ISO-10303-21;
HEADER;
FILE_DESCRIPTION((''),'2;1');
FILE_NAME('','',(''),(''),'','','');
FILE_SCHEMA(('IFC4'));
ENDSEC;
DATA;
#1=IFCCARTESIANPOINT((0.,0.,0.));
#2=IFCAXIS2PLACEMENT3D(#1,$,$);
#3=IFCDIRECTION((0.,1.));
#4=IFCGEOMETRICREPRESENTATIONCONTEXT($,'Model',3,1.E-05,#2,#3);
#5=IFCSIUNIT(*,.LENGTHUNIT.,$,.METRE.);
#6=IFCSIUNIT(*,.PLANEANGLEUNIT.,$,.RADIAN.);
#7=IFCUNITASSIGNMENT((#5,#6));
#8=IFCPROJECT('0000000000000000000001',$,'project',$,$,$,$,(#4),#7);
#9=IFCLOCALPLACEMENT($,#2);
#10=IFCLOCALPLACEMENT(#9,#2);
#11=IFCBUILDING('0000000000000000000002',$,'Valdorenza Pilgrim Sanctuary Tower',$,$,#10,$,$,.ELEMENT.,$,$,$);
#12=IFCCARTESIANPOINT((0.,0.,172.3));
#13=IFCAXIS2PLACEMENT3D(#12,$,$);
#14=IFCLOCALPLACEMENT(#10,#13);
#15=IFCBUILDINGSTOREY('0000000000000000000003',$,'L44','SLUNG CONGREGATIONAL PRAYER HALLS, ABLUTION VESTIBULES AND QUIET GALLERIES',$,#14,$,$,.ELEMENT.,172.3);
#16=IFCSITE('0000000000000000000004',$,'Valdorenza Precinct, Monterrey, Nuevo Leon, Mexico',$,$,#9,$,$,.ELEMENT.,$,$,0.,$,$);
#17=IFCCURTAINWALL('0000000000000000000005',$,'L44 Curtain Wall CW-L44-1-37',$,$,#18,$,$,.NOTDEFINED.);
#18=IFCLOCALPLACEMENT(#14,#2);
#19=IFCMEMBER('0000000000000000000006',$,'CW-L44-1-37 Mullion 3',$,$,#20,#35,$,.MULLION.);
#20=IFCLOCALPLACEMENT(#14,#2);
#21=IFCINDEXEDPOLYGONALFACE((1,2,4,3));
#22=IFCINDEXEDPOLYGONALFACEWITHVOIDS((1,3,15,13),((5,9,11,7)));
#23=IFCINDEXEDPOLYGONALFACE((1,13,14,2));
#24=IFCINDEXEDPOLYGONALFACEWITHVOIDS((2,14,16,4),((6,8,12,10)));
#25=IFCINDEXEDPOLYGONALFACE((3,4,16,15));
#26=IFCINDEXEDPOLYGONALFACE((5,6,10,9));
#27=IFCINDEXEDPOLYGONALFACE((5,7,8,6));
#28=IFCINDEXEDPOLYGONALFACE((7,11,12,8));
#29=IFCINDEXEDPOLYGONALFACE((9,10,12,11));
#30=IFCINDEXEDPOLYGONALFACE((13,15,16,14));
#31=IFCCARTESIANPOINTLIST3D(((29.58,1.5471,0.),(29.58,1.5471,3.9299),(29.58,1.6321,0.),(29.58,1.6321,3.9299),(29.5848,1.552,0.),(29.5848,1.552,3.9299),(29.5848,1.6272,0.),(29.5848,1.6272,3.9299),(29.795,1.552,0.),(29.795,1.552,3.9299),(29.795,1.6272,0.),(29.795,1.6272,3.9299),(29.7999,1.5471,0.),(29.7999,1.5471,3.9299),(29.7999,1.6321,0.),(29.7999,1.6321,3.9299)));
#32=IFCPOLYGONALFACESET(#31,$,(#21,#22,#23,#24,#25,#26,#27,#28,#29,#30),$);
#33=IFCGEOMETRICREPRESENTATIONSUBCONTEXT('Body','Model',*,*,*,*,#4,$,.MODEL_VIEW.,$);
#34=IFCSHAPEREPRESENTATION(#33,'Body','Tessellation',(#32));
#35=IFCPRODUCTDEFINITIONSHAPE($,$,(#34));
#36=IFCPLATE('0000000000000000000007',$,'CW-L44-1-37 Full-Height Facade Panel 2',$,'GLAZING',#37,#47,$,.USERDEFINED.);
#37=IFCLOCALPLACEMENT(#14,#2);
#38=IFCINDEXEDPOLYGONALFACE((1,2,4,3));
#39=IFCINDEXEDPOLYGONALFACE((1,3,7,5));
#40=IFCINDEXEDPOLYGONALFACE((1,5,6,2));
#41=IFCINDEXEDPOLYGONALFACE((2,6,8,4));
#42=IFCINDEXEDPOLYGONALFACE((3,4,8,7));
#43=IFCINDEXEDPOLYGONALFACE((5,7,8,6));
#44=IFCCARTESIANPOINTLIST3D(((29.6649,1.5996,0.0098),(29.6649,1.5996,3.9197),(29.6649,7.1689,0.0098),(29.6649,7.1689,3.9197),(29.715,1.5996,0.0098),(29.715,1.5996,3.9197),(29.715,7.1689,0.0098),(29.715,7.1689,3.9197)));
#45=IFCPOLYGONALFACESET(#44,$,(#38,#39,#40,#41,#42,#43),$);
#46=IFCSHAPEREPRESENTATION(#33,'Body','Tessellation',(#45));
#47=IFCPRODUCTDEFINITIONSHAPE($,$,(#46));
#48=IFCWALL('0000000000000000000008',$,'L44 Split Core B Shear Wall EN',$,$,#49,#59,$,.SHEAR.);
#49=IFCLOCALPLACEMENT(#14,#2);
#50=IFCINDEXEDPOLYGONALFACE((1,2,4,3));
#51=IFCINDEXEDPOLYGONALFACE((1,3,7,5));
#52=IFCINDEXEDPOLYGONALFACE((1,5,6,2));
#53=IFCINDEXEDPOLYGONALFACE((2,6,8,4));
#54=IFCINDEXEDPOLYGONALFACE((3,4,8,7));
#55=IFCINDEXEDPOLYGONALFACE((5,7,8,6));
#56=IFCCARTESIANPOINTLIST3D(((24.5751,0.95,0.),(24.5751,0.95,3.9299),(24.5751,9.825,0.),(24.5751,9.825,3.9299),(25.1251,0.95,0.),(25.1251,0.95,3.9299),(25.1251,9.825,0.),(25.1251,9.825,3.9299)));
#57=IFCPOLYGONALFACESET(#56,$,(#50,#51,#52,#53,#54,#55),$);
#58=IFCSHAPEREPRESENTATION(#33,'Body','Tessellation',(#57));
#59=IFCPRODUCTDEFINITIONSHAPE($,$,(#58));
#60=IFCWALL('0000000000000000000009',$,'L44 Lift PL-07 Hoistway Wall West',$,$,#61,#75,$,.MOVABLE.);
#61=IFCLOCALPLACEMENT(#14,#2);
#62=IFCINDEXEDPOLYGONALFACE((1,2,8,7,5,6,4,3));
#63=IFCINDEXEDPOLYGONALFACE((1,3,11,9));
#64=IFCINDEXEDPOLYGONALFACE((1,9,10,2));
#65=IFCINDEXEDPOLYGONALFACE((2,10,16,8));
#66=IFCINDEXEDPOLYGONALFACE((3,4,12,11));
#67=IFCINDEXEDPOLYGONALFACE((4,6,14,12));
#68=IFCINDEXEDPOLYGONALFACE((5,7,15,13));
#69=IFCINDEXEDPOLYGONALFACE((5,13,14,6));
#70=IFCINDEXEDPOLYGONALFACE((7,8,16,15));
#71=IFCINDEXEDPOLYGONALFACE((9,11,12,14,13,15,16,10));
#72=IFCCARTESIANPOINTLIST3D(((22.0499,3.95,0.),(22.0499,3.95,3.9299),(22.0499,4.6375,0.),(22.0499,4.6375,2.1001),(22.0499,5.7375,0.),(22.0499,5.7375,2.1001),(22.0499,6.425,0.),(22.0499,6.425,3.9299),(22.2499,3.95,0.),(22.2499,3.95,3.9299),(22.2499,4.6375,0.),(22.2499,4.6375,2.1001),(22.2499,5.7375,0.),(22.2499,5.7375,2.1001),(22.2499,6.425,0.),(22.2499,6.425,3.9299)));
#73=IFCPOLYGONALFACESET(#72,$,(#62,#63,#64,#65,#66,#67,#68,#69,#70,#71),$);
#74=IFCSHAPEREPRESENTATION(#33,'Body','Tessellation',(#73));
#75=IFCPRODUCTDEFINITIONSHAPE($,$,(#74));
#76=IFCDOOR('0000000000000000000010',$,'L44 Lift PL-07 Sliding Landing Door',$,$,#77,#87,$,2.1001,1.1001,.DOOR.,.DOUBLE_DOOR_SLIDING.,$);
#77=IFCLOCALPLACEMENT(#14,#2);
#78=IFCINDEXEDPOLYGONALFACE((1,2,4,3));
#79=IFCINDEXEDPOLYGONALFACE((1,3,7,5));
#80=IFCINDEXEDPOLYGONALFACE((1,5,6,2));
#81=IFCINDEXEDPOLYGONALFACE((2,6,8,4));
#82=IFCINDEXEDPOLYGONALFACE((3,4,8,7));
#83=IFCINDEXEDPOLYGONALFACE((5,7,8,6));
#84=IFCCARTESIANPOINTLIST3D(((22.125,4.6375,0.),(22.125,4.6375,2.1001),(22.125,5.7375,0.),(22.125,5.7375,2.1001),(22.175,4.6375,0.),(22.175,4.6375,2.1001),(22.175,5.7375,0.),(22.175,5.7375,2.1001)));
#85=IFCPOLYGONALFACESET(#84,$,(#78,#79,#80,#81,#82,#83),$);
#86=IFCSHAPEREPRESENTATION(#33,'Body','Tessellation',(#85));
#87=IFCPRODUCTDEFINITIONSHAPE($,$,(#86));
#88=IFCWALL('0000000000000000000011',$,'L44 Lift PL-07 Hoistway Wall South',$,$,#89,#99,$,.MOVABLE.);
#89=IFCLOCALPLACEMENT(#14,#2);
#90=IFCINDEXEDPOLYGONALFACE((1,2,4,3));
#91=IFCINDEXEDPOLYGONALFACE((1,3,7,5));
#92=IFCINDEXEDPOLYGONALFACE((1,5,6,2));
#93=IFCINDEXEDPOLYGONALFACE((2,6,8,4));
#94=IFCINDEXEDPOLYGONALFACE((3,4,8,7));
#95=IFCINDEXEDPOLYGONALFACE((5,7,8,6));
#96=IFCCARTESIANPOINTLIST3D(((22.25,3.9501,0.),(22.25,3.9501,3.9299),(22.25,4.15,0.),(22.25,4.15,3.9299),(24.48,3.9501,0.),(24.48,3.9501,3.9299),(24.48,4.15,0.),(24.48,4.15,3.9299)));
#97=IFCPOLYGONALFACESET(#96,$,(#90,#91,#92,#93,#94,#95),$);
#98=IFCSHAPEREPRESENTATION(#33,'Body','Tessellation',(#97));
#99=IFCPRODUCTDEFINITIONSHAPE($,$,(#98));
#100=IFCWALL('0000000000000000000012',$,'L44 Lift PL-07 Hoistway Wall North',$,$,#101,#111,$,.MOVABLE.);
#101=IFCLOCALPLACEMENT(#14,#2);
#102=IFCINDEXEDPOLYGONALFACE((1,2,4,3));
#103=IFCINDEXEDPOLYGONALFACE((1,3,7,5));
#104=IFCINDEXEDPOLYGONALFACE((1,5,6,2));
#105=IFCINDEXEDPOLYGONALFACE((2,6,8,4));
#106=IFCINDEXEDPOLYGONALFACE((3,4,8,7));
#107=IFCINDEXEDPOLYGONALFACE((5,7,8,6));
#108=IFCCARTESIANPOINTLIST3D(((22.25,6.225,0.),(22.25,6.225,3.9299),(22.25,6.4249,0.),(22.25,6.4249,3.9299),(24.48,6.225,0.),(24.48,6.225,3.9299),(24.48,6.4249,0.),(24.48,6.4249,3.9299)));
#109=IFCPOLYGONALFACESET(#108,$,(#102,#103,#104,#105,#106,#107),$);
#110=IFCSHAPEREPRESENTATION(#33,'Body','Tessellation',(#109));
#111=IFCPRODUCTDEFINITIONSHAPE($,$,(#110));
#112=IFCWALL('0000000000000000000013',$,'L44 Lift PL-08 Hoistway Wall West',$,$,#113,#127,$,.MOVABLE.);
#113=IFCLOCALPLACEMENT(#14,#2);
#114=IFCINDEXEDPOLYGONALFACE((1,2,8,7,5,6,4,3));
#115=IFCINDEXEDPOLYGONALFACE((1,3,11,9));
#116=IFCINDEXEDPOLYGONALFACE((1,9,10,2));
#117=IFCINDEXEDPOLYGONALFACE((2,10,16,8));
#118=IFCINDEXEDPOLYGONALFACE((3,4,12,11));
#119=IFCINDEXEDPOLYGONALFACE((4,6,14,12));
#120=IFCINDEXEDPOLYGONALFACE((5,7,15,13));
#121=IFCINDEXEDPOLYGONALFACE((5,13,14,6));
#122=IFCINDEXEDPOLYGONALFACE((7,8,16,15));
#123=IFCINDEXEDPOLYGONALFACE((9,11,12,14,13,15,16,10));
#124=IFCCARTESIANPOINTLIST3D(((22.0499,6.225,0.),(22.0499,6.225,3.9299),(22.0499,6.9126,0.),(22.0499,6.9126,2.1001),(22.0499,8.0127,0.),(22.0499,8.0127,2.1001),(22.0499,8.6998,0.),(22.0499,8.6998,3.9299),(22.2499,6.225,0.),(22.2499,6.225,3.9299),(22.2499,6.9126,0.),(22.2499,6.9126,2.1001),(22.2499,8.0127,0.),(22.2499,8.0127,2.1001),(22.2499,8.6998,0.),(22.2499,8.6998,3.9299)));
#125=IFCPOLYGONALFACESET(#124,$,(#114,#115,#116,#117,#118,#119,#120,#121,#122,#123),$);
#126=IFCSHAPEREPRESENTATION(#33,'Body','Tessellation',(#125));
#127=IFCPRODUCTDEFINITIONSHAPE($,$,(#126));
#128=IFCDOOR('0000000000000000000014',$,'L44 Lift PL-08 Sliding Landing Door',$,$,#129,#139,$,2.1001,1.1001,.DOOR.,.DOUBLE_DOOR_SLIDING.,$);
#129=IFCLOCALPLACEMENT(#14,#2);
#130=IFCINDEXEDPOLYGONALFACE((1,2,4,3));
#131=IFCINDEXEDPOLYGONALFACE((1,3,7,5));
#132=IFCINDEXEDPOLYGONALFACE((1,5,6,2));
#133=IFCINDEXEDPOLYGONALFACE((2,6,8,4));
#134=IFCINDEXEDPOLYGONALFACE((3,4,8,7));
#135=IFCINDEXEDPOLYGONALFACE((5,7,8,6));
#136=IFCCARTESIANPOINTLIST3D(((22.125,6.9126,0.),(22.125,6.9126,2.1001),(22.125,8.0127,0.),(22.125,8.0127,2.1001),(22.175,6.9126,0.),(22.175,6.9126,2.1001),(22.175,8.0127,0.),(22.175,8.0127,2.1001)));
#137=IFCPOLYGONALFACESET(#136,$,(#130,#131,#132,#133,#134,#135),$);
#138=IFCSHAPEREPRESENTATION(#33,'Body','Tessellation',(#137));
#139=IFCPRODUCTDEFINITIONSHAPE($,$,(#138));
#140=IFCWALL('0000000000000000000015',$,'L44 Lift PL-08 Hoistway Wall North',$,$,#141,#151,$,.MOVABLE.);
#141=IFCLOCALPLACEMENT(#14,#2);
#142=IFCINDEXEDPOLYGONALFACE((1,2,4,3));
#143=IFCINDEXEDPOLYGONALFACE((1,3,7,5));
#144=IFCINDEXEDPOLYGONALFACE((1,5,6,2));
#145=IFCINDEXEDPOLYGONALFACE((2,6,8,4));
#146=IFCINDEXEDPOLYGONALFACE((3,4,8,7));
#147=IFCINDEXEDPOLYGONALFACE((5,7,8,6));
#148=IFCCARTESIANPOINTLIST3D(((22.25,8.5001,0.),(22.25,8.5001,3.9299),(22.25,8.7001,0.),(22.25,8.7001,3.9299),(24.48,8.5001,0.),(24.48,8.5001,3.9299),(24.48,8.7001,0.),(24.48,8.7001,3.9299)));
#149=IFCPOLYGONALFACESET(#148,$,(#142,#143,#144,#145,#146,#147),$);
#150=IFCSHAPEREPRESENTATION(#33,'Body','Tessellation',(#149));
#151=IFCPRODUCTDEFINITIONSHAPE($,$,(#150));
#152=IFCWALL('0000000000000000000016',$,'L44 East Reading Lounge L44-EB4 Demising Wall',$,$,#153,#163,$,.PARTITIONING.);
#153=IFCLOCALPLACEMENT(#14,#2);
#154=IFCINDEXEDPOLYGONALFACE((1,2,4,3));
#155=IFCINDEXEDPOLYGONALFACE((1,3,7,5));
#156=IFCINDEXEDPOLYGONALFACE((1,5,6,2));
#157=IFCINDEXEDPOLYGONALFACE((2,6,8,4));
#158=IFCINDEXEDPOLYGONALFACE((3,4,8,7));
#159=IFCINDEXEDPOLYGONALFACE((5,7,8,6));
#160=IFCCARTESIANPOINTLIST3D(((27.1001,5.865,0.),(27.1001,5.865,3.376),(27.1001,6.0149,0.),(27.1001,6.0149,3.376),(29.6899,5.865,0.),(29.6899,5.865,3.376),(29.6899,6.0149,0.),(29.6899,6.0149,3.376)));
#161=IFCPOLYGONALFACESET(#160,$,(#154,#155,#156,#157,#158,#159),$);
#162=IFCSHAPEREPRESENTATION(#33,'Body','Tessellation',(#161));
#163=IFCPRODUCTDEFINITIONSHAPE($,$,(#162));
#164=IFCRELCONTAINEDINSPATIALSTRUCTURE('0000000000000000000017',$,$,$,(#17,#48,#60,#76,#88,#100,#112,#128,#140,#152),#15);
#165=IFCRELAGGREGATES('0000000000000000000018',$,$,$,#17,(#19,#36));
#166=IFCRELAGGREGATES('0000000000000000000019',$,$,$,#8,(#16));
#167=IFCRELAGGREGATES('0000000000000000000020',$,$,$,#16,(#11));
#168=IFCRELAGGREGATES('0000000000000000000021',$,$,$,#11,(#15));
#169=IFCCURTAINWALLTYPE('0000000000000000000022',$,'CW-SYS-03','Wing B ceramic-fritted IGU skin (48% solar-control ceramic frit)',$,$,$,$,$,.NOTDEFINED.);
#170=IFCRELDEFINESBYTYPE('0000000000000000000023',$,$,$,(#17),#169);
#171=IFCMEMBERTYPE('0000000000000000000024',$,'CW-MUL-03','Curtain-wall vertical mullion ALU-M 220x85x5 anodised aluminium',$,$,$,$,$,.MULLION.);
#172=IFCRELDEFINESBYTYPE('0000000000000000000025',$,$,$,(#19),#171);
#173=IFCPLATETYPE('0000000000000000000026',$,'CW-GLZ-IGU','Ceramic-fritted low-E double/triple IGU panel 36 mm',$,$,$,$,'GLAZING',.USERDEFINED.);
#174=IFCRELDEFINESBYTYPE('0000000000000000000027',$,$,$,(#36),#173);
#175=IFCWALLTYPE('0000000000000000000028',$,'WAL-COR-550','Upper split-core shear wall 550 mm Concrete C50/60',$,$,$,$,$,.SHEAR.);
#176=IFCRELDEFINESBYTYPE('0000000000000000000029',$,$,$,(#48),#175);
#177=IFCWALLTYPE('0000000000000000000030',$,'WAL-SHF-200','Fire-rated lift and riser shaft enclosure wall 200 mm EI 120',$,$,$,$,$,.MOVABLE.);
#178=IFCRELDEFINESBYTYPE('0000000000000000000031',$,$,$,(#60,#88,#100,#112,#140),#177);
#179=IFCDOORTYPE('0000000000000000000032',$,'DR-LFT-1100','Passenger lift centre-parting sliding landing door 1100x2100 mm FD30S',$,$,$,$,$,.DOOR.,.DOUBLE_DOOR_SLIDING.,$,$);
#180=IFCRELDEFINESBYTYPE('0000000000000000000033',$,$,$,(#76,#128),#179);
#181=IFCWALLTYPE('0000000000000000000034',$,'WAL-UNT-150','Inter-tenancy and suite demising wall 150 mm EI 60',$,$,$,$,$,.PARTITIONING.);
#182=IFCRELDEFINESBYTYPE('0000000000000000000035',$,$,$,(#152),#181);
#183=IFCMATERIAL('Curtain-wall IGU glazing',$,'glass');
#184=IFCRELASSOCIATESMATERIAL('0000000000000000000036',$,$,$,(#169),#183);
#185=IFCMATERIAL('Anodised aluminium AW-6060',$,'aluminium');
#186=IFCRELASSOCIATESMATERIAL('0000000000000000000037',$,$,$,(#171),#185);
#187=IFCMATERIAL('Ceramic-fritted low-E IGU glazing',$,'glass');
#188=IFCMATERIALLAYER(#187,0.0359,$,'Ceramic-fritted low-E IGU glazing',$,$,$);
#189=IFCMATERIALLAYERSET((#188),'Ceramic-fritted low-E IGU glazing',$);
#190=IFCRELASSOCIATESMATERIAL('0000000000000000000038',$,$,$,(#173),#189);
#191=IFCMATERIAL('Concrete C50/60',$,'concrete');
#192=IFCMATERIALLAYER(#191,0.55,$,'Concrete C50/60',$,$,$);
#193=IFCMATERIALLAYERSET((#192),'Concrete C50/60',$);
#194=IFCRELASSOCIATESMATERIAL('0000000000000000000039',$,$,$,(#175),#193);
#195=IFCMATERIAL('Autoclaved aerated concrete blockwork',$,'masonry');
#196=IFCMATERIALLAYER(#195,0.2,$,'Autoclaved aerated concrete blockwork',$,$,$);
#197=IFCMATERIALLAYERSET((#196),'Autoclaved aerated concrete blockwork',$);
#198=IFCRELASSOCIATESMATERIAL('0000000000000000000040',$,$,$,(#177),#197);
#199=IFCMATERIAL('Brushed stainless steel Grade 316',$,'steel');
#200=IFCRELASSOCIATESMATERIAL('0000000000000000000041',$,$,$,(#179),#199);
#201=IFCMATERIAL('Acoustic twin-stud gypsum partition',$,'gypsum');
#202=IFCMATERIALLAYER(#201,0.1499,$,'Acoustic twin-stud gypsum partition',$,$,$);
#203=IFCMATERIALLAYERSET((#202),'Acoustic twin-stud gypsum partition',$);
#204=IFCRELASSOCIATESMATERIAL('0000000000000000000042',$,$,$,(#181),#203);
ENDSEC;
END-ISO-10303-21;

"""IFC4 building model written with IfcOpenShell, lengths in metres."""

from ifc_helpers import new_model, si_unit, direction, frame, frame_2d, origin, origin_2d, place, context, subcontext, project, spatial, rectangle, hollow_rectangle, extrude, source, transform, mapped, material, layer, layer_set, material_profile, profile_set, type_object, element, fill, aggregate, save


model = new_model("IFC4")

# Units and contexts
model_context = context("Model", 3, precision=1e-05, world=origin(), true_north=direction((0.0, 1.0)))
body_context = subcontext(model_context, "Body", "Model", "MODEL_VIEW")
ifc_project = project(units=[si_unit("LENGTHUNIT", "METRE"), si_unit("PLANEANGLEUNIT", "RADIAN")], contexts=[model_context])

# Site, building, storey
site_placement = place(None, origin())
site = spatial("IfcSite", under=ifc_project, at=site_placement, Name="Valdorenza Precinct, Monterrey, Nuevo Leon, Mexico", CompositionType="ELEMENT", RefElevation=0.0)
building_placement = place(site_placement, origin())
building = spatial("IfcBuilding", under=site, at=building_placement, Name="Valdorenza Pilgrim Sanctuary Tower", CompositionType="ELEMENT")
storey_placement = place(building_placement, frame((0.0, 0.0, 172.3)))
storey = spatial("IfcBuildingStorey", under=building, at=storey_placement, Name="L44", Description="SLUNG CONGREGATIONAL PRAYER HALLS, ABLUTION VESTIBULES AND QUIET GALLERIES", CompositionType="ELEMENT", Elevation=172.3)

# Curtain wall, member, plate
ifc_material_1 = material(Name="Curtain-wall IGU glazing", Category="glass")
curtain_wall_type = type_object("IfcCurtainWallType", Name="CW-SYS-03", Description="Wing B ceramic-fritted IGU skin (48% solar-control ceramic frit)", PredefinedType="NOTDEFINED", material=ifc_material_1)
curtain_wall_placement = place(storey_placement, origin())
curtain_wall = element("IfcCurtainWall", 1, at=curtain_wall_placement, inside=storey, type_object=curtain_wall_type, Name="L44 Curtain Wall CW-L44-1-37", PredefinedType="NOTDEFINED")
ifc_material_2 = material(Name="Anodised aluminium AW-6060", Category="aluminium")
ifc_material_profile_1 = material_profile(ifc_material_2, hollow_rectangle(XDim=0.085, YDim=0.22, WallThickness=0.0049, at=origin_2d()), Name="ALU-M 220x85x5")
ifc_profile_set_1 = profile_set([ifc_material_profile_1], Name="Anodised aluminium AW-6060")
member_type = type_object("IfcMemberType", Name="CW-MUL-03", Description="Curtain-wall vertical mullion ALU-M 220x85x5 anodised aluminium", PredefinedType="MULLION", material=ifc_profile_set_1)
shared_shape_1 = source(origin(), body_context, "Body", "SweptSolid", [
    extrude(hollow_rectangle(XDim=0.085, YDim=0.22, WallThickness=0.0049, at=origin_2d()), origin(), (0.0, 0.0, 1.0), 3.9299),
])
member_1_placement = place(storey_placement, frame((29.6899, 1.5896, 0.0), z_axis=(0.0, 0.0, 1.0), x_axis=(0.0, -1.0, 0.0)))
member_1 = element("IfcMember", 2, at=member_1_placement, type_object=member_type, Name="CW-L44-1-37 Mullion 3", PredefinedType="MULLION", context=body_context, shape_type="MappedRepresentation", body=[
    mapped(shared_shape_1, transform((0.0, 0.0, 0.0), x_axis=(1.0, 0.0, 0.0), y_axis=(0.0, 1.0, 0.0), z_axis=(0.0, 0.0, 1.0), scale=1.0)),
])
ifc_material_3 = material(Name="Ceramic-fritted low-E IGU glazing", Category="glass")
ifc_layer_1 = layer(ifc_material_3, 0.0359, Name="Ceramic-fritted low-E IGU glazing")
ifc_layer_set_1 = layer_set([ifc_layer_1], Name="Ceramic-fritted low-E IGU glazing")
plate_type = type_object("IfcPlateType", Name="CW-GLZ-IGU", Description="Ceramic-fritted low-E double/triple IGU panel 36 mm", ElementType="GLAZING", PredefinedType="USERDEFINED", material=ifc_layer_set_1)
shared_shape_2 = source(origin(), body_context, "Body", "SweptSolid", [
    extrude(rectangle(XDim=5.5693, YDim=0.05, at=origin_2d()), origin(), (0.0, 0.0, 1.0), 3.9099),
])
plate_placement = place(storey_placement, frame((29.6899, 4.3843, 0.0098), z_axis=(0.0, 0.0, 1.0), x_axis=(0.0, -1.0, 0.0)))
plate = element("IfcPlate", 3, at=plate_placement, type_object=plate_type, Name="CW-L44-1-37 Full-Height Facade Panel 2", ObjectType="GLAZING", PredefinedType="USERDEFINED", context=body_context, shape_type="MappedRepresentation", body=[
    mapped(shared_shape_2, transform((0.0, 0.0, 0.0), x_axis=(1.0, 0.0, 0.0), y_axis=(0.0, 1.0, 0.0), z_axis=(0.0, 0.0, 1.0), scale=1.0)),
])
aggregate(curtain_wall, [member_1, plate])

# Wall
ifc_material_4 = material(Name="Concrete C50/60", Category="concrete")
ifc_layer_2 = layer(ifc_material_4, 0.55, Name="Concrete C50/60")
ifc_layer_set_2 = layer_set([ifc_layer_2], Name="Concrete C50/60")
wall_type_1 = type_object("IfcWallType", Name="WAL-COR-550", Description="Upper split-core shear wall 550 mm Concrete C50/60", PredefinedType="SHEAR", material=ifc_layer_set_2)
wall_1_placement = place(storey_placement, frame((24.8501, 0.95, 0.0), z_axis=(0.0, 0.0, 1.0), x_axis=(0.0, 1.0, 0.0)))
element("IfcWall", 4, at=wall_1_placement, inside=storey, type_object=wall_type_1, Name="L44 Split Core B Shear Wall EN", PredefinedType="SHEAR", context=body_context, shape_type="SweptSolid", body=[
    extrude(rectangle(XDim=8.875, YDim=0.55, at=frame_2d((4.4375, 0.0))), origin(), (0.0, 0.0, 1.0), 3.9299),
])

# Wall, opening, door
ifc_material_5 = material(Name="Autoclaved aerated concrete blockwork", Category="masonry")
ifc_layer_3 = layer(ifc_material_5, 0.2, Name="Autoclaved aerated concrete blockwork")
ifc_layer_set_3 = layer_set([ifc_layer_3], Name="Autoclaved aerated concrete blockwork")
wall_type_2 = type_object("IfcWallType", Name="WAL-SHF-200", Description="Fire-rated lift and riser shaft enclosure wall 200 mm EI 120", PredefinedType="MOVABLE", material=ifc_layer_set_3)
wall_2_placement = place(storey_placement, frame((22.1499, 3.95, 0.0), z_axis=(0.0, 0.0, 1.0), x_axis=(0.0, 1.0, 0.0)))
wall_2 = element("IfcWall", 5, at=wall_2_placement, inside=storey, type_object=wall_type_2, Name="L44 Lift PL-07 Hoistway Wall West", PredefinedType="MOVABLE", context=body_context, shape_type="SweptSolid", body=[
    extrude(rectangle(XDim=2.4751, YDim=0.2, at=frame_2d((1.2375, 0.0))), origin(), (0.0, 0.0, 1.0), 3.9299),
])
opening_1_placement = place(wall_2_placement, frame((0.6875, 0.0, 0.0)))
opening_1 = element("IfcOpeningElement", 6, at=opening_1_placement, cuts=wall_2, PredefinedType="OPENING", context=body_context, shape_type="SweptSolid", body=[
    extrude(rectangle(XDim=1.1001, YDim=2.1001, at=frame_2d((0.55, 1.05))), frame((0.0, 0.1147, 0.0), z_axis=(0.0, -1.0, 0.0), x_axis=(1.0, 0.0, 0.0)), (0.0, 0.0, 1.0), 0.2297),
])
ifc_material_6 = material(Name="Brushed stainless steel Grade 316", Category="steel")
door_type = type_object("IfcDoorType", Name="DR-LFT-1100", Description="Passenger lift centre-parting sliding landing door 1100x2100 mm FD30S", OperationType="DOUBLE_DOOR_SLIDING", PredefinedType="DOOR", material=ifc_material_6)
door_1_placement = place(opening_1_placement, origin())
door_1 = element("IfcDoor", 7, at=door_1_placement, inside=storey, type_object=door_type, Name="L44 Lift PL-07 Sliding Landing Door", OperationType="DOUBLE_DOOR_SLIDING", OverallHeight=2.1001, OverallWidth=1.1001, PredefinedType="DOOR", context=body_context, shape_type="SweptSolid", body=[
    extrude(rectangle(XDim=1.1001, YDim=2.1001, at=frame_2d((0.55, 1.05))), frame((0.0, 0.0249, 0.0), z_axis=(0.0, -1.0, 0.0), x_axis=(1.0, 0.0, 0.0)), (0.0, 0.0, 1.0), 0.05),
])
fill(opening_1, door_1)

# Walls
for number, where, z_axis, x_axis, name in (
    (8, (22.25, 4.05, 0.0), (0.0, 0.0, 1.0), (1.0, 0.0, 0.0), "L44 Lift PL-07 Hoistway Wall South"),
    (9, (22.25, 6.325, 0.0), (0.0, 0.0, 1.0), (1.0, 0.0, 0.0), "L44 Lift PL-07 Hoistway Wall North"),
):
    element("IfcWall", number, at=place(storey_placement, frame(where, z_axis=z_axis, x_axis=x_axis)), inside=storey, type_object=wall_type_2, Name=name, PredefinedType="MOVABLE", context=body_context, shape_type="SweptSolid", body=[
        extrude(rectangle(XDim=2.23, YDim=0.2, at=frame_2d((1.115, 0.0))), origin(), (0.0, 0.0, 1.0), 3.9299),
    ])

# Wall, opening, door
wall_3_placement = place(storey_placement, frame((22.1499, 6.2251, 0.0), z_axis=(0.0, 0.0, 1.0), x_axis=(0.0, 1.0, 0.0)))
wall_3 = element("IfcWall", 10, at=wall_3_placement, inside=storey, type_object=wall_type_2, Name="L44 Lift PL-08 Hoistway Wall West", PredefinedType="MOVABLE", context=body_context, shape_type="SweptSolid", body=[
    extrude(rectangle(XDim=2.4749, YDim=0.2, at=frame_2d((1.2373, 0.0))), origin(), (0.0, 0.0, 1.0), 3.9299),
])
opening_2_placement = place(wall_3_placement, frame((0.6875, 0.0, 0.0)))
opening_2 = element("IfcOpeningElement", 11, at=opening_2_placement, cuts=wall_3, PredefinedType="OPENING", context=body_context, shape_type="SweptSolid", body=[
    extrude(rectangle(XDim=1.1001, YDim=2.1001, at=frame_2d((0.55, 1.05))), frame((0.0, 0.1147, 0.0), z_axis=(0.0, -1.0, 0.0), x_axis=(1.0, 0.0, 0.0)), (0.0, 0.0, 1.0), 0.2297),
])
door_2_placement = place(opening_2_placement, origin())
door_2 = element("IfcDoor", 12, at=door_2_placement, inside=storey, type_object=door_type, Name="L44 Lift PL-08 Sliding Landing Door", OperationType="DOUBLE_DOOR_SLIDING", OverallHeight=2.1001, OverallWidth=1.1001, PredefinedType="DOOR", context=body_context, shape_type="SweptSolid", body=[
    extrude(rectangle(XDim=1.1001, YDim=2.1001, at=frame_2d((0.55, 1.05))), frame((0.0, 0.0249, 0.0), z_axis=(0.0, -1.0, 0.0), x_axis=(1.0, 0.0, 0.0)), (0.0, 0.0, 1.0), 0.05),
])
fill(opening_2, door_2)

# Walls
wall_4_placement = place(storey_placement, frame((22.25, 8.6001, 0.0), z_axis=(0.0, 0.0, 1.0), x_axis=(1.0, 0.0, 0.0)))
element("IfcWall", 13, at=wall_4_placement, inside=storey, type_object=wall_type_2, Name="L44 Lift PL-08 Hoistway Wall North", PredefinedType="MOVABLE", context=body_context, shape_type="SweptSolid", body=[
    extrude(rectangle(XDim=2.23, YDim=0.2, at=frame_2d((1.115, 0.0))), origin(), (0.0, 0.0, 1.0), 3.9299),
])
ifc_material_7 = material(Name="Acoustic twin-stud gypsum partition", Category="gypsum")
ifc_layer_4 = layer(ifc_material_7, 0.1499, Name="Acoustic twin-stud gypsum partition")
ifc_layer_set_4 = layer_set([ifc_layer_4], Name="Acoustic twin-stud gypsum partition")
wall_type_3 = type_object("IfcWallType", Name="WAL-UNT-150", Description="Inter-tenancy and suite demising wall 150 mm EI 60", PredefinedType="PARTITIONING", material=ifc_layer_set_4)
wall_5_placement = place(storey_placement, frame((27.1001, 5.9399, 0.0), z_axis=(0.0, 0.0, 1.0), x_axis=(1.0, 0.0, 0.0)))
element("IfcWall", 14, at=wall_5_placement, inside=storey, type_object=wall_type_3, Name="L44 East Reading Lounge L44-EB4 Demising Wall", PredefinedType="PARTITIONING", context=body_context, shape_type="SweptSolid", body=[
    extrude(rectangle(XDim=2.5898, YDim=0.1499, at=frame_2d((1.2949, 0.0))), origin(), (0.0, 0.0, 1.0), 3.376),
])

save(model, "model.ifc")
